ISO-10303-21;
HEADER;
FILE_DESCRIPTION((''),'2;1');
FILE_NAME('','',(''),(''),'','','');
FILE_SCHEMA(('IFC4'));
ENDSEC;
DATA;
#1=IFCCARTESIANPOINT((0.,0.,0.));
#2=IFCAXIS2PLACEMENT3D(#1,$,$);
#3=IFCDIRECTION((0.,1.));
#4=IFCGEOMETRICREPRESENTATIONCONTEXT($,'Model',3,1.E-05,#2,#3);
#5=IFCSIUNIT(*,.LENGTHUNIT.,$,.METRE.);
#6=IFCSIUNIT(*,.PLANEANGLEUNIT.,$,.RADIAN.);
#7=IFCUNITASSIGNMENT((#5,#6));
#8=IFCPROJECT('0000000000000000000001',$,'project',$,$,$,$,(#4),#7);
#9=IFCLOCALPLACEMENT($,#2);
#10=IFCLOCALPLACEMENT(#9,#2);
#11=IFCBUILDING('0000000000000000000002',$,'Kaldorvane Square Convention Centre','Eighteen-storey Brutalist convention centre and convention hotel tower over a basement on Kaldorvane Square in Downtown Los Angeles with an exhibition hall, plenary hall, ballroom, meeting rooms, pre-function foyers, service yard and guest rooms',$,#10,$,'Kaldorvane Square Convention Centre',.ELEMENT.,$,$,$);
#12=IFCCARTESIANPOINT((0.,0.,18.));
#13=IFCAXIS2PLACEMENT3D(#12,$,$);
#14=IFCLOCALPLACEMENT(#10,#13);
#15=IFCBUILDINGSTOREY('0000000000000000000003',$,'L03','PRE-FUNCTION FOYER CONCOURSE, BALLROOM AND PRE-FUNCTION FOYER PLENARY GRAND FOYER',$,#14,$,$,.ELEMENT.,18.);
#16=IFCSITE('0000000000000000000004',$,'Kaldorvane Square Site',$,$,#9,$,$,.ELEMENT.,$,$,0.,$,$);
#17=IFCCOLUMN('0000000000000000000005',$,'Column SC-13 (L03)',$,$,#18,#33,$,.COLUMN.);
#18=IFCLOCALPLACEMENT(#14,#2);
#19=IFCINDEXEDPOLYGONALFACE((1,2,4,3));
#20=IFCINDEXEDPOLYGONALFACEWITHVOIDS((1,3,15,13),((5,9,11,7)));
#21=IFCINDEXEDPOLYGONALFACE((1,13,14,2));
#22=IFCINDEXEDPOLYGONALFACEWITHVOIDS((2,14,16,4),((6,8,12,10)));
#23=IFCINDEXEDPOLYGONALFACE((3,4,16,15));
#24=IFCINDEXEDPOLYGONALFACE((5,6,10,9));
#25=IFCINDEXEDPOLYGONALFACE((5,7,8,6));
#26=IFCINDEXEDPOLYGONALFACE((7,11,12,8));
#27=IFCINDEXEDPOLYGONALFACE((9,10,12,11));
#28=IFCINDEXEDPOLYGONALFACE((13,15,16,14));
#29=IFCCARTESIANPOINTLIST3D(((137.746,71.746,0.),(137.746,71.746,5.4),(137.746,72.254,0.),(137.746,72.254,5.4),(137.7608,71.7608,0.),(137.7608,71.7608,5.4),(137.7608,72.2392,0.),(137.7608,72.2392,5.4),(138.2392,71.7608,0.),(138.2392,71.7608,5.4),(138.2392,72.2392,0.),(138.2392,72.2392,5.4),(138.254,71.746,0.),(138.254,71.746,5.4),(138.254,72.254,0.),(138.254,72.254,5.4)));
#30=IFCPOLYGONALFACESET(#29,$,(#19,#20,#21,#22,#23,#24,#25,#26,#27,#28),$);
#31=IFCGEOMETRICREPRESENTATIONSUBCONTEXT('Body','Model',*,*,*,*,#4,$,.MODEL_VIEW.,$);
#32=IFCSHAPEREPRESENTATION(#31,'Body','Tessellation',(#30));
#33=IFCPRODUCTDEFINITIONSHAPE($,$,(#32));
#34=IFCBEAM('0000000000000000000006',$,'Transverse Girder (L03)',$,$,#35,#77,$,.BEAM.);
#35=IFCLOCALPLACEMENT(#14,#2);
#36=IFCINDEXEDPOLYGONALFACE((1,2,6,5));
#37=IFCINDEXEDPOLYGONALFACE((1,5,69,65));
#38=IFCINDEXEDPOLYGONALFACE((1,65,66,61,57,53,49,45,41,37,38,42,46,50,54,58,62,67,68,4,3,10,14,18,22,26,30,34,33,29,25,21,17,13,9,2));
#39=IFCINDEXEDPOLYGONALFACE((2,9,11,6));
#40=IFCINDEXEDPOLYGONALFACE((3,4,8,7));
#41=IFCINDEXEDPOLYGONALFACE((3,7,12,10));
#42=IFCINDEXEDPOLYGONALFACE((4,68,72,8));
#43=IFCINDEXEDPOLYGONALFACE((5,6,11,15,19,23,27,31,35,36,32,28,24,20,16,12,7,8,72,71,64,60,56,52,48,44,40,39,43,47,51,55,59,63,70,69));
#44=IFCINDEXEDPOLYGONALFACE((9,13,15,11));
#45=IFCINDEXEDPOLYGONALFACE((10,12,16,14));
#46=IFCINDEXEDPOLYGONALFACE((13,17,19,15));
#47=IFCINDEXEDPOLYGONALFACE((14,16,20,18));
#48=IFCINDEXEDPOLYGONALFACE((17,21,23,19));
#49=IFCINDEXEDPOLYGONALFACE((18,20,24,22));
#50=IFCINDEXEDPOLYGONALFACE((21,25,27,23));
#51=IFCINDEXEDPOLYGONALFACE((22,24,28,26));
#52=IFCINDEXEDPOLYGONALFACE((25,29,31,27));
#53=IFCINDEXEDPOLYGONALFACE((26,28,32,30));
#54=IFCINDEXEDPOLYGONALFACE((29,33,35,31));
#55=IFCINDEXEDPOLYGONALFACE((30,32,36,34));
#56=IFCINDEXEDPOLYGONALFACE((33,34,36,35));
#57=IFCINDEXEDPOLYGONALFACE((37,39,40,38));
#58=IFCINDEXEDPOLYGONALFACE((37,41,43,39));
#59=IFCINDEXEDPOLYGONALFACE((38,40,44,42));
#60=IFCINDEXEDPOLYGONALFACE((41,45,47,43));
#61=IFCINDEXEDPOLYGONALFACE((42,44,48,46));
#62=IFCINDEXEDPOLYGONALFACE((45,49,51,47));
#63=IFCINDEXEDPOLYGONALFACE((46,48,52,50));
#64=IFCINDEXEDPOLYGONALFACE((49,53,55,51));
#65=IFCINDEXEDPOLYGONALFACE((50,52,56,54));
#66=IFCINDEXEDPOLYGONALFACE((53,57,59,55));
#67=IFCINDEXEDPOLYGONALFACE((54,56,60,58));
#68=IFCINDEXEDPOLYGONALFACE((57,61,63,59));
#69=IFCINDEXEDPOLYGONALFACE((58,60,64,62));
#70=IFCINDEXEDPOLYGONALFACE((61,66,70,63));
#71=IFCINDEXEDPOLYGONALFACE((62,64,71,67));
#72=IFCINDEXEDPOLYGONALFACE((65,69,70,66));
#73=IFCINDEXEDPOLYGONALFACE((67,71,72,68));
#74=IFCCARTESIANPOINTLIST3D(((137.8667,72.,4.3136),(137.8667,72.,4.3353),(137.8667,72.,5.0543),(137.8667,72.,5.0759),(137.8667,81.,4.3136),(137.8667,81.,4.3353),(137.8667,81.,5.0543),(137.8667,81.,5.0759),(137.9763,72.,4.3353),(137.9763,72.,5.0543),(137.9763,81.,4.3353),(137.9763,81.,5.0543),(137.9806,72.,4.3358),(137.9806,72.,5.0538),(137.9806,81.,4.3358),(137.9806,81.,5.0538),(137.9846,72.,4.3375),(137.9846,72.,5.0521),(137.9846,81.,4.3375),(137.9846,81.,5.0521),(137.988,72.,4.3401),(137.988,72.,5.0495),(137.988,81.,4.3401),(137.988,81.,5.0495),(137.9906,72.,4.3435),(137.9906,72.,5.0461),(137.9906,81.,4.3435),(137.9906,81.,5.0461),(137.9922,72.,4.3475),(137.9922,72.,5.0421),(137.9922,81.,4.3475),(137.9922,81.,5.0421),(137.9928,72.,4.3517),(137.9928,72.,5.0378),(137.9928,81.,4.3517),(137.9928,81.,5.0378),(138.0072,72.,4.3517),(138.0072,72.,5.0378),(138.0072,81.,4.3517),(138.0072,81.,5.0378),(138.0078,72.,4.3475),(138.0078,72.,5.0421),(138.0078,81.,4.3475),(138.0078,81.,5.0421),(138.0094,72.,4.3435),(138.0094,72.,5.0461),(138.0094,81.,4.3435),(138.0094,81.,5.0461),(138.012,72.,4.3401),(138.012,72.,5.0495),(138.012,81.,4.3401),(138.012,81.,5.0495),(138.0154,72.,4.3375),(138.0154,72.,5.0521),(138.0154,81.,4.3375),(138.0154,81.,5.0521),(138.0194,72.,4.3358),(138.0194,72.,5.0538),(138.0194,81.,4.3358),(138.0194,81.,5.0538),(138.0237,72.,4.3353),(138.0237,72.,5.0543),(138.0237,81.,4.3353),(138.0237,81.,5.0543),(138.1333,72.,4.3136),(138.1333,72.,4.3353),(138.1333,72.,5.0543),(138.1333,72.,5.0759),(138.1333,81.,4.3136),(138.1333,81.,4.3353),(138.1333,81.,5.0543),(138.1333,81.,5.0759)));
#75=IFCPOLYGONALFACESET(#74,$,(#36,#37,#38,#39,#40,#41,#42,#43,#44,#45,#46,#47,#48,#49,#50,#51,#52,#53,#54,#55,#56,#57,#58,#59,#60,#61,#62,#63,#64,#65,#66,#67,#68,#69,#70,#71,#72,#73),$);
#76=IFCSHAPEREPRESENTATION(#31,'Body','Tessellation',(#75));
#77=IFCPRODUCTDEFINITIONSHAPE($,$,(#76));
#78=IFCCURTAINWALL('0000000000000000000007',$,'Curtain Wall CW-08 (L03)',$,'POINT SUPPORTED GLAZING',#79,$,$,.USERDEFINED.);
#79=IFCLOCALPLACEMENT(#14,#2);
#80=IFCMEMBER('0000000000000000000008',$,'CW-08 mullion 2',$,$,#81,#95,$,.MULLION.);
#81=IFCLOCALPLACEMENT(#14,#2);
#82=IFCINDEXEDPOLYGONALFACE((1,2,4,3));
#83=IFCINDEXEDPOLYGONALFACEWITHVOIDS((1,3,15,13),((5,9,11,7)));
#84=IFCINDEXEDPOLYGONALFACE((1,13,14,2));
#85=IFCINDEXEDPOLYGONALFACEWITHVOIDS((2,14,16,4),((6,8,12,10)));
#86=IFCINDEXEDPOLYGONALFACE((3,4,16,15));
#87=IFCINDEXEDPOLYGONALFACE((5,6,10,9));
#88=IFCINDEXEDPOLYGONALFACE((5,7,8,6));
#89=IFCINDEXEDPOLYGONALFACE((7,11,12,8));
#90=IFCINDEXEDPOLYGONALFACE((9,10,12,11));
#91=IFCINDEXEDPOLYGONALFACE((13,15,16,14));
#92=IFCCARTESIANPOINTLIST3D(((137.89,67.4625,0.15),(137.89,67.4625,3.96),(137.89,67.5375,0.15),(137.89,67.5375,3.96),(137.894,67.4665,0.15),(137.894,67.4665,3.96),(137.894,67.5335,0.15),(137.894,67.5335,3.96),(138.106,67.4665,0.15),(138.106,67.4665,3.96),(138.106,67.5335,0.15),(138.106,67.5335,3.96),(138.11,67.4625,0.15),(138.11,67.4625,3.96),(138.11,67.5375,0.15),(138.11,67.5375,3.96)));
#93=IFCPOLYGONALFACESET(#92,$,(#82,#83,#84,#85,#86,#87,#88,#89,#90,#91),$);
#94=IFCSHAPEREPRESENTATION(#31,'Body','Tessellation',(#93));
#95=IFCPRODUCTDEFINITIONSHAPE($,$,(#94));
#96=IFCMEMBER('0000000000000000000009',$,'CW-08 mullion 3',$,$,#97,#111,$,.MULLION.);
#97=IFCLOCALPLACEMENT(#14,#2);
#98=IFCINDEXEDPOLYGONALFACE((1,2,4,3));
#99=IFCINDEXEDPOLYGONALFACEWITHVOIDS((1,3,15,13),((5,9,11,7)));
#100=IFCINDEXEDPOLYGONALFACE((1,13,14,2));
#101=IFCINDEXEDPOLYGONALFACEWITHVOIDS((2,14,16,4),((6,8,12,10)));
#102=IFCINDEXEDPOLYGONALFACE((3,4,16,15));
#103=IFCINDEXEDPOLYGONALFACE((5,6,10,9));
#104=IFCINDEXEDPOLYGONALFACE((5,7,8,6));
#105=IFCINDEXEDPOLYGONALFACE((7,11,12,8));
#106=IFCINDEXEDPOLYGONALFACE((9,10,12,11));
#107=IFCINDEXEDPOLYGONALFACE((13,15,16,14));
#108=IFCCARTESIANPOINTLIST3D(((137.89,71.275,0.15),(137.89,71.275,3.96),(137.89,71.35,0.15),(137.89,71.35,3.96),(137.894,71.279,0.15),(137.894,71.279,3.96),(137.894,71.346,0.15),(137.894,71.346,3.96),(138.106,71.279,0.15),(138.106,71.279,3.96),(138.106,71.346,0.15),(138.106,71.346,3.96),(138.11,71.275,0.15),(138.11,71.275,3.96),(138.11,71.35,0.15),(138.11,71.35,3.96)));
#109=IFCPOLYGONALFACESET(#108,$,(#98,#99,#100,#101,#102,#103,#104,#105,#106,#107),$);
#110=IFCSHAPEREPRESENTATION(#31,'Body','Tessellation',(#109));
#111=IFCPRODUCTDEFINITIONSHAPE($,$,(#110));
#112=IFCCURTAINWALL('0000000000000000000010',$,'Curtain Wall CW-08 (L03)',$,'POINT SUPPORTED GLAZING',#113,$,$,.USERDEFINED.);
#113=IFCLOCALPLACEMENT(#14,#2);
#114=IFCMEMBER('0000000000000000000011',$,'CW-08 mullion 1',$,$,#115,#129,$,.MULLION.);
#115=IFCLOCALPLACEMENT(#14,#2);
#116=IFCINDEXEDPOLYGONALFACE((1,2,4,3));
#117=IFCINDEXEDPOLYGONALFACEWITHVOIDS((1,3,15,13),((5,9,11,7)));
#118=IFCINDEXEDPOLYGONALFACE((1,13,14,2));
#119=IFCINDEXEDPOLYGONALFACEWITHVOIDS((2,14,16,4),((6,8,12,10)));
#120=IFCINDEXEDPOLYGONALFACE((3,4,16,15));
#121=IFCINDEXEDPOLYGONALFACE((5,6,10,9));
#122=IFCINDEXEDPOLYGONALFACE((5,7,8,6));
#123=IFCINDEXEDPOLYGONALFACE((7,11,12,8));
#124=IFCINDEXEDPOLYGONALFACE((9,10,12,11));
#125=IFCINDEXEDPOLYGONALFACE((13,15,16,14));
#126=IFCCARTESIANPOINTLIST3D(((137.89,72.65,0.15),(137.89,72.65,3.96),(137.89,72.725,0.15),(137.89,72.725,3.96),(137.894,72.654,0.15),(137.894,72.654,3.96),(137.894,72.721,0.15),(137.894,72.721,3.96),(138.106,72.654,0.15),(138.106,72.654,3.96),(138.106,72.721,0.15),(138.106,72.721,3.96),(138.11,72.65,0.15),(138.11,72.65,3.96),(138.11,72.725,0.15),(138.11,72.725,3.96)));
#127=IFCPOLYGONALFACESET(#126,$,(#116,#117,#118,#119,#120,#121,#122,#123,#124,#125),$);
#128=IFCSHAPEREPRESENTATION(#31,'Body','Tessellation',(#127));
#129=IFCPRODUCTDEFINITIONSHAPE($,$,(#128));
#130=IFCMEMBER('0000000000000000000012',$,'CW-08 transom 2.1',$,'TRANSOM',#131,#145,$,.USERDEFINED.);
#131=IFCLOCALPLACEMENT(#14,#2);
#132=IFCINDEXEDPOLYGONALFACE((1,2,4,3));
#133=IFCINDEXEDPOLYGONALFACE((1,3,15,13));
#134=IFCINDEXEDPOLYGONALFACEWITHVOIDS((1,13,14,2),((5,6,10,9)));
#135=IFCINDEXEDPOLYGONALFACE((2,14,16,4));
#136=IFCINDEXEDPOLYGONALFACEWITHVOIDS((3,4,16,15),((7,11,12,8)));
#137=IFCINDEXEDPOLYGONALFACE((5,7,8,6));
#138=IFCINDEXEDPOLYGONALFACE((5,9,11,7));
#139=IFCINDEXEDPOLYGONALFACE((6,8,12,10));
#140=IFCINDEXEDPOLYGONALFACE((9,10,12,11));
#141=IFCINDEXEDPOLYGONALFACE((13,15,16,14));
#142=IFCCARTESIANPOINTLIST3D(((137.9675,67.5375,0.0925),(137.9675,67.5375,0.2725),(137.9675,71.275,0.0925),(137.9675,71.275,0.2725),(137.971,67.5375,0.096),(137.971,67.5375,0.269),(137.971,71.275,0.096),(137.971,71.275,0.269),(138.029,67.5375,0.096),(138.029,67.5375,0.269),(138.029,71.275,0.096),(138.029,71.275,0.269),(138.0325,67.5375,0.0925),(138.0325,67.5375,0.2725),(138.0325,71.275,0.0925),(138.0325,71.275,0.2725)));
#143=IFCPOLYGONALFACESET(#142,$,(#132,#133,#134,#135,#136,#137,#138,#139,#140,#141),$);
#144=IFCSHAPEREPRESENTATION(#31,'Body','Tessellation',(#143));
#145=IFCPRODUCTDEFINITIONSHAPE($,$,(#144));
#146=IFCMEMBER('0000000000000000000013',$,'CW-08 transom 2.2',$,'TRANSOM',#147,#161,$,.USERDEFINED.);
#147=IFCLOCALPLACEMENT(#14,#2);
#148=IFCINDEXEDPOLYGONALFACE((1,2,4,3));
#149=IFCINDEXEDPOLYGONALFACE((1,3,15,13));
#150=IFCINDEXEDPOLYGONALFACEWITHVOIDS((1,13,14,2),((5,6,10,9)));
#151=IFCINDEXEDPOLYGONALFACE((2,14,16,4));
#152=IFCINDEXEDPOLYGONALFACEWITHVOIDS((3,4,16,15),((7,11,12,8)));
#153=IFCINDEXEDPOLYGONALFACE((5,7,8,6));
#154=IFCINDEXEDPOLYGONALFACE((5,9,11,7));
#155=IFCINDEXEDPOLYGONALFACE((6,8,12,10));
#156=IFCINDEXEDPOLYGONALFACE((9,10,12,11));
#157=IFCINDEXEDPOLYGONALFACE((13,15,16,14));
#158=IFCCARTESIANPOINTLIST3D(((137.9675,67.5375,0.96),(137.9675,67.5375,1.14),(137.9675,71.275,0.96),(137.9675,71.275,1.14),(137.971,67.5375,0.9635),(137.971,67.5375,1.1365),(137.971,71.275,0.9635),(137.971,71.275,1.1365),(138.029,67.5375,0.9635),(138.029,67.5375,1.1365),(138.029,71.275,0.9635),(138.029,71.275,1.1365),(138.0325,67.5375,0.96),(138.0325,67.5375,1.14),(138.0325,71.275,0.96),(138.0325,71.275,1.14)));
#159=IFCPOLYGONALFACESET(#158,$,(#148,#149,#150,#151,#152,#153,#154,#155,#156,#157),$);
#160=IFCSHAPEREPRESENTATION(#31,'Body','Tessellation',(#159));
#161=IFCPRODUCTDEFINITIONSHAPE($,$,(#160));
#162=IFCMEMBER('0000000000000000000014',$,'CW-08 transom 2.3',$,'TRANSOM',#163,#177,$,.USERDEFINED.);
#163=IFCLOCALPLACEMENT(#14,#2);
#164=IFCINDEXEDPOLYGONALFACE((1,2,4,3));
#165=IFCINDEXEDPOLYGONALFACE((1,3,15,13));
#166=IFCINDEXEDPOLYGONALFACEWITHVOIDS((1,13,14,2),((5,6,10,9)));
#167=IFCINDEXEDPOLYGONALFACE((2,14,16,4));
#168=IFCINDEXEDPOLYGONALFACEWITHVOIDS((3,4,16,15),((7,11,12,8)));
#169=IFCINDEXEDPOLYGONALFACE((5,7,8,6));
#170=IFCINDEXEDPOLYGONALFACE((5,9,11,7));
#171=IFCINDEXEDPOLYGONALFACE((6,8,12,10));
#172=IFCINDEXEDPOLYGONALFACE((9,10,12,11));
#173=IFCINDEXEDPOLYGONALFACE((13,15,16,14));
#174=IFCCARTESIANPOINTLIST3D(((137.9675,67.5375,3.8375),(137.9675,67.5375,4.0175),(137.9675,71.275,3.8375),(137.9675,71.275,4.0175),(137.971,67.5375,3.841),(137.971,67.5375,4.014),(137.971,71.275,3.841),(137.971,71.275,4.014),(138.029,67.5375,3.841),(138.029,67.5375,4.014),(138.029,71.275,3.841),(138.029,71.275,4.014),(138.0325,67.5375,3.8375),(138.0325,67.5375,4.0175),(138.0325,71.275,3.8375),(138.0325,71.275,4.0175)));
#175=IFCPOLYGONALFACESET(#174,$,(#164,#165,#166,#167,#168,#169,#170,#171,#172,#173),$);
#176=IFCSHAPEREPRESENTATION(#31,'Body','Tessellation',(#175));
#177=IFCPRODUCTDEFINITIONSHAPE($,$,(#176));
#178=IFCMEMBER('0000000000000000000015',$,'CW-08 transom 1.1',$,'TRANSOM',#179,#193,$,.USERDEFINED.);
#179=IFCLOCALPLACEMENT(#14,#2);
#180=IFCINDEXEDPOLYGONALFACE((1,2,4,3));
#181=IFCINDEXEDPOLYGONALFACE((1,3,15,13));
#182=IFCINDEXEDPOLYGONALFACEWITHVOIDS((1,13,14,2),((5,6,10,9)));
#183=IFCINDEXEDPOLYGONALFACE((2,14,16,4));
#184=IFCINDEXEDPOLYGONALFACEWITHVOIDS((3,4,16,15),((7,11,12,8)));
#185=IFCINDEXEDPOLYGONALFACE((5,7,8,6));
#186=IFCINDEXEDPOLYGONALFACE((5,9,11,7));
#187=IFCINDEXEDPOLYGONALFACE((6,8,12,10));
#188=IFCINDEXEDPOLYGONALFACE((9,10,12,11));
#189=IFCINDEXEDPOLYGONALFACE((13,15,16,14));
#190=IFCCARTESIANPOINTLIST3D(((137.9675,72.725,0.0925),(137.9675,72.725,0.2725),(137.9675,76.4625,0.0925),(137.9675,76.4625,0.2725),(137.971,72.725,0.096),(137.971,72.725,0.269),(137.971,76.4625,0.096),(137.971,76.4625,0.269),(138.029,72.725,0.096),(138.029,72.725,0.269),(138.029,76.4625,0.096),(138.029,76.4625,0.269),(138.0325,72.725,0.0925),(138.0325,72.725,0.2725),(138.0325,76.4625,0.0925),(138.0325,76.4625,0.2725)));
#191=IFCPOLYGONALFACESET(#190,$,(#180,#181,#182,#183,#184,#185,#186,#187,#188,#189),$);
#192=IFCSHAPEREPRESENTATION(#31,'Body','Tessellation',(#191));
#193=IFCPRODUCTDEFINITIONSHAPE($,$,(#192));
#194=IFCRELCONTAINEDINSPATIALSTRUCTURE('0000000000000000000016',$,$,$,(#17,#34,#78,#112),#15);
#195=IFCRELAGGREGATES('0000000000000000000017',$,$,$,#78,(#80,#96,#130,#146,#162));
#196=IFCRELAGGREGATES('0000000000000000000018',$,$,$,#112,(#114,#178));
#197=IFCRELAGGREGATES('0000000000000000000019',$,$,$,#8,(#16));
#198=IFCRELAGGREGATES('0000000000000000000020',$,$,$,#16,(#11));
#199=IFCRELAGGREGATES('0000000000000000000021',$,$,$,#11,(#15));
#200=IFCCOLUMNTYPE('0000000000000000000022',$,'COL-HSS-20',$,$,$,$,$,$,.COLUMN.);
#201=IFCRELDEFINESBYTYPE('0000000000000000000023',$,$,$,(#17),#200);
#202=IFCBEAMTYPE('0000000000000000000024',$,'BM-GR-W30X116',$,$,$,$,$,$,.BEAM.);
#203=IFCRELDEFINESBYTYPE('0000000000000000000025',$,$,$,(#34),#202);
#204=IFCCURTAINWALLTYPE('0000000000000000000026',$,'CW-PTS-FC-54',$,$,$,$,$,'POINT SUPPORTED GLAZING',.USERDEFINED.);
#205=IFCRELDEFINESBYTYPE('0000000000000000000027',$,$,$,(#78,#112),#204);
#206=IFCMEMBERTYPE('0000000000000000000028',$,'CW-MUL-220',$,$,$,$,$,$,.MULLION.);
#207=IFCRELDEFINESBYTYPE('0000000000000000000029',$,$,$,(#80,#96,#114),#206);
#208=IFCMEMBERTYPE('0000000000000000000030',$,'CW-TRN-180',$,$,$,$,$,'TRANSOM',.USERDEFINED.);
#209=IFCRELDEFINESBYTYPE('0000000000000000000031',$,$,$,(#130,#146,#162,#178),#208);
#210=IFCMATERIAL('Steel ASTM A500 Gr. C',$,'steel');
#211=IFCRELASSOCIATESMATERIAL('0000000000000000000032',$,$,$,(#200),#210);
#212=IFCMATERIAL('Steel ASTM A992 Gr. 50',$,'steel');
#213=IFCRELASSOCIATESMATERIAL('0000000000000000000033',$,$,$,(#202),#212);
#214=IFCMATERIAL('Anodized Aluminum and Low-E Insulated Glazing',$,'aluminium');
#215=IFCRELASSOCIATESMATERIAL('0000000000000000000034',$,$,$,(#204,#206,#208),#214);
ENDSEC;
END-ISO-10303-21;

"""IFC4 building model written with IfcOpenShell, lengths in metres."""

from ifc_helpers import new_model, si_unit, direction, frame, origin, origin_2d, place, context, subcontext, project, spatial, hollow_rectangle, i_section, extrude, material, material_profile, profile_set, type_object, element, aggregate, save


model = new_model("IFC4")

# Units and contexts
model_context = context("Model", 3, precision=1e-05, world=origin(), true_north=direction((0.0, 1.0)))
body_context = subcontext(model_context, "Body", "Model", "MODEL_VIEW")
ifc_project = project(units=[si_unit("LENGTHUNIT", "METRE"), si_unit("PLANEANGLEUNIT", "RADIAN")], contexts=[model_context])

# Site, building, storey
site_placement = place(None, origin())
site = spatial("IfcSite", under=ifc_project, at=site_placement, Name="Kaldorvane Square Site", CompositionType="ELEMENT", RefElevation=0.0)
building_placement = place(site_placement, origin())
building = spatial("IfcBuilding", under=site, at=building_placement, Name="Kaldorvane Square Convention Centre", Description="Eighteen-storey Brutalist convention centre and convention hotel tower over a basement on Kaldorvane Square in Downtown Los Angeles with an exhibition hall, plenary hall, ballroom, meeting rooms, pre-function foyers, service yard and guest rooms", LongName="Kaldorvane Square Convention Centre", CompositionType="ELEMENT")
storey_placement = place(building_placement, frame((0.0, 0.0, 18.0)))
storey = spatial("IfcBuildingStorey", under=building, at=storey_placement, Name="L03", Description="PRE-FUNCTION FOYER CONCOURSE, BALLROOM AND PRE-FUNCTION FOYER PLENARY GRAND FOYER", CompositionType="ELEMENT", Elevation=18.0)

# Column
ifc_material_1 = material(Name="Steel ASTM A500 Gr. C", Category="steel")
ifc_material_profile_1 = material_profile(ifc_material_1, hollow_rectangle(XDim=0.508, YDim=0.508, WallThickness=0.0148, at=origin_2d()), Name="HSS20X20X5/8")
ifc_profile_set_1 = profile_set([ifc_material_profile_1], Name="Steel ASTM A500 Gr. C")
column_type = type_object("IfcColumnType", Name="COL-HSS-20", PredefinedType="COLUMN", material=ifc_profile_set_1)
column_placement = place(storey_placement, frame((138.0, 72.0, 0.0), z_axis=(0.0, 0.0, 1.0), x_axis=(1.0, 0.0, 0.0)))
element("IfcColumn", 1, at=column_placement, inside=storey, type_object=column_type, Name="Column SC-13 (L03)", PredefinedType="COLUMN", context=body_context, shape_type="SweptSolid", body=[
    extrude(hollow_rectangle(XDim=0.508, YDim=0.508, WallThickness=0.0148, at=origin_2d()), origin(), (0.0, 0.0, 1.0), 5.4),
])

# Beam
ifc_material_2 = material(Name="Steel ASTM A992 Gr. 50", Category="steel")
ifc_material_profile_2 = material_profile(ifc_material_2, i_section(OverallWidth=0.2666, OverallDepth=0.7623, WebThickness=0.0144, FlangeThickness=0.0216, FilletRadius=0.0165, at=origin_2d()), Name="W30X116")
ifc_profile_set_2 = profile_set([ifc_material_profile_2], Name="Steel ASTM A992 Gr. 50")
beam_type = type_object("IfcBeamType", Name="BM-GR-W30X116", PredefinedType="BEAM", material=ifc_profile_set_2)
beam_placement = place(storey_placement, frame((138.0, 72.0, 4.6948), z_axis=(0.0, 1.0, 0.0), x_axis=(-1.0, 0.0, 0.0)))
element("IfcBeam", 2, at=beam_placement, inside=storey, type_object=beam_type, Name="Transverse Girder (L03)", PredefinedType="BEAM", context=body_context, shape_type="SweptSolid", body=[
    extrude(i_section(OverallWidth=0.2666, OverallDepth=0.7623, WebThickness=0.0144, FlangeThickness=0.0216, FilletRadius=0.0165, at=origin_2d()), origin(), (0.0, 0.0, 1.0), 9.0),
])

# Curtain wall, members
ifc_material_3 = material(Name="Anodized Aluminum and Low-E Insulated Glazing", Category="aluminium")
curtain_wall_type = type_object("IfcCurtainWallType", Name="CW-PTS-FC-54", ElementType="POINT SUPPORTED GLAZING", PredefinedType="USERDEFINED", material=ifc_material_3)
curtain_wall_1_placement = place(storey_placement, origin())
curtain_wall_1 = element("IfcCurtainWall", 3, at=curtain_wall_1_placement, inside=storey, type_object=curtain_wall_type, Name="Curtain Wall CW-08 (L03)", ObjectType="POINT SUPPORTED GLAZING", PredefinedType="USERDEFINED")
ifc_material_profile_3 = material_profile(ifc_material_3, hollow_rectangle(XDim=0.075, YDim=0.22, WallThickness=0.004, at=origin_2d()), Name="CWM-220X75")
ifc_profile_set_3 = profile_set([ifc_material_profile_3], Name="Anodized Aluminum and Low-E Insulated Glazing")
member_type_1 = type_object("IfcMemberType", Name="CW-MUL-220", PredefinedType="MULLION", material=ifc_profile_set_3)
member_1_placement = place(storey_placement, frame((138.0, 67.5, 0.15), z_axis=(0.0, 0.0, 1.0), x_axis=(0.0, 1.0, 0.0)))
member_1 = element("IfcMember", 4, at=member_1_placement, type_object=member_type_1, Name="CW-08 mullion 2", PredefinedType="MULLION", context=body_context, shape_type="SweptSolid", body=[
    extrude(hollow_rectangle(XDim=0.075, YDim=0.22, WallThickness=0.004, at=origin_2d()), origin(), (0.0, 0.0, 1.0), 3.81),
])
member_2_placement = place(storey_placement, frame((138.0, 71.3125, 0.15), z_axis=(0.0, 0.0, 1.0), x_axis=(0.0, 1.0, 0.0)))
member_2 = element("IfcMember", 5, at=member_2_placement, type_object=member_type_1, Name="CW-08 mullion 3", PredefinedType="MULLION", context=body_context, shape_type="SweptSolid", body=[
    extrude(hollow_rectangle(XDim=0.075, YDim=0.22, WallThickness=0.004, at=origin_2d()), origin(), (0.0, 0.0, 1.0), 3.81),
])

# Curtain wall, member
curtain_wall_2_placement = place(storey_placement, origin())
curtain_wall_2 = element("IfcCurtainWall", 6, at=curtain_wall_2_placement, inside=storey, type_object=curtain_wall_type, Name="Curtain Wall CW-08 (L03)", ObjectType="POINT SUPPORTED GLAZING", PredefinedType="USERDEFINED")
member_3_placement = place(storey_placement, frame((138.0, 72.6875, 0.15), z_axis=(0.0, 0.0, 1.0), x_axis=(0.0, 1.0, 0.0)))
member_3 = element("IfcMember", 7, at=member_3_placement, type_object=member_type_1, Name="CW-08 mullion 1", PredefinedType="MULLION", context=body_context, shape_type="SweptSolid", body=[
    extrude(hollow_rectangle(XDim=0.075, YDim=0.22, WallThickness=0.004, at=origin_2d()), origin(), (0.0, 0.0, 1.0), 3.81),
])

# Members
ifc_material_profile_4 = material_profile(ifc_material_3, hollow_rectangle(XDim=0.065, YDim=0.18, WallThickness=0.0035, at=origin_2d()), Name="CWT-180X65")
ifc_profile_set_4 = profile_set([ifc_material_profile_4], Name="Anodized Aluminum and Low-E Insulated Glazing")
member_type_2 = type_object("IfcMemberType", Name="CW-TRN-180", ElementType="TRANSOM", PredefinedType="USERDEFINED", material=ifc_profile_set_4)
member_4_placement = place(storey_placement, frame((138.0, 67.5375, 0.1825), z_axis=(0.0, 1.0, 0.0), x_axis=(-1.0, 0.0, 0.0)))
member_4 = element("IfcMember", 8, at=member_4_placement, type_object=member_type_2, Name="CW-08 transom 2.1", ObjectType="TRANSOM", PredefinedType="USERDEFINED", context=body_context, shape_type="SweptSolid", body=[
    extrude(hollow_rectangle(XDim=0.065, YDim=0.18, WallThickness=0.0035, at=origin_2d()), origin(), (0.0, 0.0, 1.0), 3.7375),
])
member_5_placement = place(storey_placement, frame((138.0, 67.5375, 1.05), z_axis=(0.0, 1.0, 0.0), x_axis=(-1.0, 0.0, 0.0)))
member_5 = element("IfcMember", 9, at=member_5_placement, type_object=member_type_2, Name="CW-08 transom 2.2", ObjectType="TRANSOM", PredefinedType="USERDEFINED", context=body_context, shape_type="SweptSolid", body=[
    extrude(hollow_rectangle(XDim=0.065, YDim=0.18, WallThickness=0.0035, at=origin_2d()), origin(), (0.0, 0.0, 1.0), 3.7375),
])
member_6_placement = place(storey_placement, frame((138.0, 67.5375, 3.9275), z_axis=(0.0, 1.0, 0.0), x_axis=(-1.0, 0.0, 0.0)))
member_6 = element("IfcMember", 10, at=member_6_placement, type_object=member_type_2, Name="CW-08 transom 2.3", ObjectType="TRANSOM", PredefinedType="USERDEFINED", context=body_context, shape_type="SweptSolid", body=[
    extrude(hollow_rectangle(XDim=0.065, YDim=0.18, WallThickness=0.0035, at=origin_2d()), origin(), (0.0, 0.0, 1.0), 3.7375),
])
member_7_placement = place(storey_placement, frame((138.0, 72.725, 0.1825), z_axis=(0.0, 1.0, 0.0), x_axis=(-1.0, 0.0, 0.0)))
member_7 = element("IfcMember", 11, at=member_7_placement, type_object=member_type_2, Name="CW-08 transom 1.1", ObjectType="TRANSOM", PredefinedType="USERDEFINED", context=body_context, shape_type="SweptSolid", body=[
    extrude(hollow_rectangle(XDim=0.065, YDim=0.18, WallThickness=0.0035, at=origin_2d()), origin(), (0.0, 0.0, 1.0), 3.7375),
])

aggregate(curtain_wall_1, [member_1, member_2, member_4, member_5, member_6])
aggregate(curtain_wall_2, [member_3, member_7])

save(model, "model.ifc")
